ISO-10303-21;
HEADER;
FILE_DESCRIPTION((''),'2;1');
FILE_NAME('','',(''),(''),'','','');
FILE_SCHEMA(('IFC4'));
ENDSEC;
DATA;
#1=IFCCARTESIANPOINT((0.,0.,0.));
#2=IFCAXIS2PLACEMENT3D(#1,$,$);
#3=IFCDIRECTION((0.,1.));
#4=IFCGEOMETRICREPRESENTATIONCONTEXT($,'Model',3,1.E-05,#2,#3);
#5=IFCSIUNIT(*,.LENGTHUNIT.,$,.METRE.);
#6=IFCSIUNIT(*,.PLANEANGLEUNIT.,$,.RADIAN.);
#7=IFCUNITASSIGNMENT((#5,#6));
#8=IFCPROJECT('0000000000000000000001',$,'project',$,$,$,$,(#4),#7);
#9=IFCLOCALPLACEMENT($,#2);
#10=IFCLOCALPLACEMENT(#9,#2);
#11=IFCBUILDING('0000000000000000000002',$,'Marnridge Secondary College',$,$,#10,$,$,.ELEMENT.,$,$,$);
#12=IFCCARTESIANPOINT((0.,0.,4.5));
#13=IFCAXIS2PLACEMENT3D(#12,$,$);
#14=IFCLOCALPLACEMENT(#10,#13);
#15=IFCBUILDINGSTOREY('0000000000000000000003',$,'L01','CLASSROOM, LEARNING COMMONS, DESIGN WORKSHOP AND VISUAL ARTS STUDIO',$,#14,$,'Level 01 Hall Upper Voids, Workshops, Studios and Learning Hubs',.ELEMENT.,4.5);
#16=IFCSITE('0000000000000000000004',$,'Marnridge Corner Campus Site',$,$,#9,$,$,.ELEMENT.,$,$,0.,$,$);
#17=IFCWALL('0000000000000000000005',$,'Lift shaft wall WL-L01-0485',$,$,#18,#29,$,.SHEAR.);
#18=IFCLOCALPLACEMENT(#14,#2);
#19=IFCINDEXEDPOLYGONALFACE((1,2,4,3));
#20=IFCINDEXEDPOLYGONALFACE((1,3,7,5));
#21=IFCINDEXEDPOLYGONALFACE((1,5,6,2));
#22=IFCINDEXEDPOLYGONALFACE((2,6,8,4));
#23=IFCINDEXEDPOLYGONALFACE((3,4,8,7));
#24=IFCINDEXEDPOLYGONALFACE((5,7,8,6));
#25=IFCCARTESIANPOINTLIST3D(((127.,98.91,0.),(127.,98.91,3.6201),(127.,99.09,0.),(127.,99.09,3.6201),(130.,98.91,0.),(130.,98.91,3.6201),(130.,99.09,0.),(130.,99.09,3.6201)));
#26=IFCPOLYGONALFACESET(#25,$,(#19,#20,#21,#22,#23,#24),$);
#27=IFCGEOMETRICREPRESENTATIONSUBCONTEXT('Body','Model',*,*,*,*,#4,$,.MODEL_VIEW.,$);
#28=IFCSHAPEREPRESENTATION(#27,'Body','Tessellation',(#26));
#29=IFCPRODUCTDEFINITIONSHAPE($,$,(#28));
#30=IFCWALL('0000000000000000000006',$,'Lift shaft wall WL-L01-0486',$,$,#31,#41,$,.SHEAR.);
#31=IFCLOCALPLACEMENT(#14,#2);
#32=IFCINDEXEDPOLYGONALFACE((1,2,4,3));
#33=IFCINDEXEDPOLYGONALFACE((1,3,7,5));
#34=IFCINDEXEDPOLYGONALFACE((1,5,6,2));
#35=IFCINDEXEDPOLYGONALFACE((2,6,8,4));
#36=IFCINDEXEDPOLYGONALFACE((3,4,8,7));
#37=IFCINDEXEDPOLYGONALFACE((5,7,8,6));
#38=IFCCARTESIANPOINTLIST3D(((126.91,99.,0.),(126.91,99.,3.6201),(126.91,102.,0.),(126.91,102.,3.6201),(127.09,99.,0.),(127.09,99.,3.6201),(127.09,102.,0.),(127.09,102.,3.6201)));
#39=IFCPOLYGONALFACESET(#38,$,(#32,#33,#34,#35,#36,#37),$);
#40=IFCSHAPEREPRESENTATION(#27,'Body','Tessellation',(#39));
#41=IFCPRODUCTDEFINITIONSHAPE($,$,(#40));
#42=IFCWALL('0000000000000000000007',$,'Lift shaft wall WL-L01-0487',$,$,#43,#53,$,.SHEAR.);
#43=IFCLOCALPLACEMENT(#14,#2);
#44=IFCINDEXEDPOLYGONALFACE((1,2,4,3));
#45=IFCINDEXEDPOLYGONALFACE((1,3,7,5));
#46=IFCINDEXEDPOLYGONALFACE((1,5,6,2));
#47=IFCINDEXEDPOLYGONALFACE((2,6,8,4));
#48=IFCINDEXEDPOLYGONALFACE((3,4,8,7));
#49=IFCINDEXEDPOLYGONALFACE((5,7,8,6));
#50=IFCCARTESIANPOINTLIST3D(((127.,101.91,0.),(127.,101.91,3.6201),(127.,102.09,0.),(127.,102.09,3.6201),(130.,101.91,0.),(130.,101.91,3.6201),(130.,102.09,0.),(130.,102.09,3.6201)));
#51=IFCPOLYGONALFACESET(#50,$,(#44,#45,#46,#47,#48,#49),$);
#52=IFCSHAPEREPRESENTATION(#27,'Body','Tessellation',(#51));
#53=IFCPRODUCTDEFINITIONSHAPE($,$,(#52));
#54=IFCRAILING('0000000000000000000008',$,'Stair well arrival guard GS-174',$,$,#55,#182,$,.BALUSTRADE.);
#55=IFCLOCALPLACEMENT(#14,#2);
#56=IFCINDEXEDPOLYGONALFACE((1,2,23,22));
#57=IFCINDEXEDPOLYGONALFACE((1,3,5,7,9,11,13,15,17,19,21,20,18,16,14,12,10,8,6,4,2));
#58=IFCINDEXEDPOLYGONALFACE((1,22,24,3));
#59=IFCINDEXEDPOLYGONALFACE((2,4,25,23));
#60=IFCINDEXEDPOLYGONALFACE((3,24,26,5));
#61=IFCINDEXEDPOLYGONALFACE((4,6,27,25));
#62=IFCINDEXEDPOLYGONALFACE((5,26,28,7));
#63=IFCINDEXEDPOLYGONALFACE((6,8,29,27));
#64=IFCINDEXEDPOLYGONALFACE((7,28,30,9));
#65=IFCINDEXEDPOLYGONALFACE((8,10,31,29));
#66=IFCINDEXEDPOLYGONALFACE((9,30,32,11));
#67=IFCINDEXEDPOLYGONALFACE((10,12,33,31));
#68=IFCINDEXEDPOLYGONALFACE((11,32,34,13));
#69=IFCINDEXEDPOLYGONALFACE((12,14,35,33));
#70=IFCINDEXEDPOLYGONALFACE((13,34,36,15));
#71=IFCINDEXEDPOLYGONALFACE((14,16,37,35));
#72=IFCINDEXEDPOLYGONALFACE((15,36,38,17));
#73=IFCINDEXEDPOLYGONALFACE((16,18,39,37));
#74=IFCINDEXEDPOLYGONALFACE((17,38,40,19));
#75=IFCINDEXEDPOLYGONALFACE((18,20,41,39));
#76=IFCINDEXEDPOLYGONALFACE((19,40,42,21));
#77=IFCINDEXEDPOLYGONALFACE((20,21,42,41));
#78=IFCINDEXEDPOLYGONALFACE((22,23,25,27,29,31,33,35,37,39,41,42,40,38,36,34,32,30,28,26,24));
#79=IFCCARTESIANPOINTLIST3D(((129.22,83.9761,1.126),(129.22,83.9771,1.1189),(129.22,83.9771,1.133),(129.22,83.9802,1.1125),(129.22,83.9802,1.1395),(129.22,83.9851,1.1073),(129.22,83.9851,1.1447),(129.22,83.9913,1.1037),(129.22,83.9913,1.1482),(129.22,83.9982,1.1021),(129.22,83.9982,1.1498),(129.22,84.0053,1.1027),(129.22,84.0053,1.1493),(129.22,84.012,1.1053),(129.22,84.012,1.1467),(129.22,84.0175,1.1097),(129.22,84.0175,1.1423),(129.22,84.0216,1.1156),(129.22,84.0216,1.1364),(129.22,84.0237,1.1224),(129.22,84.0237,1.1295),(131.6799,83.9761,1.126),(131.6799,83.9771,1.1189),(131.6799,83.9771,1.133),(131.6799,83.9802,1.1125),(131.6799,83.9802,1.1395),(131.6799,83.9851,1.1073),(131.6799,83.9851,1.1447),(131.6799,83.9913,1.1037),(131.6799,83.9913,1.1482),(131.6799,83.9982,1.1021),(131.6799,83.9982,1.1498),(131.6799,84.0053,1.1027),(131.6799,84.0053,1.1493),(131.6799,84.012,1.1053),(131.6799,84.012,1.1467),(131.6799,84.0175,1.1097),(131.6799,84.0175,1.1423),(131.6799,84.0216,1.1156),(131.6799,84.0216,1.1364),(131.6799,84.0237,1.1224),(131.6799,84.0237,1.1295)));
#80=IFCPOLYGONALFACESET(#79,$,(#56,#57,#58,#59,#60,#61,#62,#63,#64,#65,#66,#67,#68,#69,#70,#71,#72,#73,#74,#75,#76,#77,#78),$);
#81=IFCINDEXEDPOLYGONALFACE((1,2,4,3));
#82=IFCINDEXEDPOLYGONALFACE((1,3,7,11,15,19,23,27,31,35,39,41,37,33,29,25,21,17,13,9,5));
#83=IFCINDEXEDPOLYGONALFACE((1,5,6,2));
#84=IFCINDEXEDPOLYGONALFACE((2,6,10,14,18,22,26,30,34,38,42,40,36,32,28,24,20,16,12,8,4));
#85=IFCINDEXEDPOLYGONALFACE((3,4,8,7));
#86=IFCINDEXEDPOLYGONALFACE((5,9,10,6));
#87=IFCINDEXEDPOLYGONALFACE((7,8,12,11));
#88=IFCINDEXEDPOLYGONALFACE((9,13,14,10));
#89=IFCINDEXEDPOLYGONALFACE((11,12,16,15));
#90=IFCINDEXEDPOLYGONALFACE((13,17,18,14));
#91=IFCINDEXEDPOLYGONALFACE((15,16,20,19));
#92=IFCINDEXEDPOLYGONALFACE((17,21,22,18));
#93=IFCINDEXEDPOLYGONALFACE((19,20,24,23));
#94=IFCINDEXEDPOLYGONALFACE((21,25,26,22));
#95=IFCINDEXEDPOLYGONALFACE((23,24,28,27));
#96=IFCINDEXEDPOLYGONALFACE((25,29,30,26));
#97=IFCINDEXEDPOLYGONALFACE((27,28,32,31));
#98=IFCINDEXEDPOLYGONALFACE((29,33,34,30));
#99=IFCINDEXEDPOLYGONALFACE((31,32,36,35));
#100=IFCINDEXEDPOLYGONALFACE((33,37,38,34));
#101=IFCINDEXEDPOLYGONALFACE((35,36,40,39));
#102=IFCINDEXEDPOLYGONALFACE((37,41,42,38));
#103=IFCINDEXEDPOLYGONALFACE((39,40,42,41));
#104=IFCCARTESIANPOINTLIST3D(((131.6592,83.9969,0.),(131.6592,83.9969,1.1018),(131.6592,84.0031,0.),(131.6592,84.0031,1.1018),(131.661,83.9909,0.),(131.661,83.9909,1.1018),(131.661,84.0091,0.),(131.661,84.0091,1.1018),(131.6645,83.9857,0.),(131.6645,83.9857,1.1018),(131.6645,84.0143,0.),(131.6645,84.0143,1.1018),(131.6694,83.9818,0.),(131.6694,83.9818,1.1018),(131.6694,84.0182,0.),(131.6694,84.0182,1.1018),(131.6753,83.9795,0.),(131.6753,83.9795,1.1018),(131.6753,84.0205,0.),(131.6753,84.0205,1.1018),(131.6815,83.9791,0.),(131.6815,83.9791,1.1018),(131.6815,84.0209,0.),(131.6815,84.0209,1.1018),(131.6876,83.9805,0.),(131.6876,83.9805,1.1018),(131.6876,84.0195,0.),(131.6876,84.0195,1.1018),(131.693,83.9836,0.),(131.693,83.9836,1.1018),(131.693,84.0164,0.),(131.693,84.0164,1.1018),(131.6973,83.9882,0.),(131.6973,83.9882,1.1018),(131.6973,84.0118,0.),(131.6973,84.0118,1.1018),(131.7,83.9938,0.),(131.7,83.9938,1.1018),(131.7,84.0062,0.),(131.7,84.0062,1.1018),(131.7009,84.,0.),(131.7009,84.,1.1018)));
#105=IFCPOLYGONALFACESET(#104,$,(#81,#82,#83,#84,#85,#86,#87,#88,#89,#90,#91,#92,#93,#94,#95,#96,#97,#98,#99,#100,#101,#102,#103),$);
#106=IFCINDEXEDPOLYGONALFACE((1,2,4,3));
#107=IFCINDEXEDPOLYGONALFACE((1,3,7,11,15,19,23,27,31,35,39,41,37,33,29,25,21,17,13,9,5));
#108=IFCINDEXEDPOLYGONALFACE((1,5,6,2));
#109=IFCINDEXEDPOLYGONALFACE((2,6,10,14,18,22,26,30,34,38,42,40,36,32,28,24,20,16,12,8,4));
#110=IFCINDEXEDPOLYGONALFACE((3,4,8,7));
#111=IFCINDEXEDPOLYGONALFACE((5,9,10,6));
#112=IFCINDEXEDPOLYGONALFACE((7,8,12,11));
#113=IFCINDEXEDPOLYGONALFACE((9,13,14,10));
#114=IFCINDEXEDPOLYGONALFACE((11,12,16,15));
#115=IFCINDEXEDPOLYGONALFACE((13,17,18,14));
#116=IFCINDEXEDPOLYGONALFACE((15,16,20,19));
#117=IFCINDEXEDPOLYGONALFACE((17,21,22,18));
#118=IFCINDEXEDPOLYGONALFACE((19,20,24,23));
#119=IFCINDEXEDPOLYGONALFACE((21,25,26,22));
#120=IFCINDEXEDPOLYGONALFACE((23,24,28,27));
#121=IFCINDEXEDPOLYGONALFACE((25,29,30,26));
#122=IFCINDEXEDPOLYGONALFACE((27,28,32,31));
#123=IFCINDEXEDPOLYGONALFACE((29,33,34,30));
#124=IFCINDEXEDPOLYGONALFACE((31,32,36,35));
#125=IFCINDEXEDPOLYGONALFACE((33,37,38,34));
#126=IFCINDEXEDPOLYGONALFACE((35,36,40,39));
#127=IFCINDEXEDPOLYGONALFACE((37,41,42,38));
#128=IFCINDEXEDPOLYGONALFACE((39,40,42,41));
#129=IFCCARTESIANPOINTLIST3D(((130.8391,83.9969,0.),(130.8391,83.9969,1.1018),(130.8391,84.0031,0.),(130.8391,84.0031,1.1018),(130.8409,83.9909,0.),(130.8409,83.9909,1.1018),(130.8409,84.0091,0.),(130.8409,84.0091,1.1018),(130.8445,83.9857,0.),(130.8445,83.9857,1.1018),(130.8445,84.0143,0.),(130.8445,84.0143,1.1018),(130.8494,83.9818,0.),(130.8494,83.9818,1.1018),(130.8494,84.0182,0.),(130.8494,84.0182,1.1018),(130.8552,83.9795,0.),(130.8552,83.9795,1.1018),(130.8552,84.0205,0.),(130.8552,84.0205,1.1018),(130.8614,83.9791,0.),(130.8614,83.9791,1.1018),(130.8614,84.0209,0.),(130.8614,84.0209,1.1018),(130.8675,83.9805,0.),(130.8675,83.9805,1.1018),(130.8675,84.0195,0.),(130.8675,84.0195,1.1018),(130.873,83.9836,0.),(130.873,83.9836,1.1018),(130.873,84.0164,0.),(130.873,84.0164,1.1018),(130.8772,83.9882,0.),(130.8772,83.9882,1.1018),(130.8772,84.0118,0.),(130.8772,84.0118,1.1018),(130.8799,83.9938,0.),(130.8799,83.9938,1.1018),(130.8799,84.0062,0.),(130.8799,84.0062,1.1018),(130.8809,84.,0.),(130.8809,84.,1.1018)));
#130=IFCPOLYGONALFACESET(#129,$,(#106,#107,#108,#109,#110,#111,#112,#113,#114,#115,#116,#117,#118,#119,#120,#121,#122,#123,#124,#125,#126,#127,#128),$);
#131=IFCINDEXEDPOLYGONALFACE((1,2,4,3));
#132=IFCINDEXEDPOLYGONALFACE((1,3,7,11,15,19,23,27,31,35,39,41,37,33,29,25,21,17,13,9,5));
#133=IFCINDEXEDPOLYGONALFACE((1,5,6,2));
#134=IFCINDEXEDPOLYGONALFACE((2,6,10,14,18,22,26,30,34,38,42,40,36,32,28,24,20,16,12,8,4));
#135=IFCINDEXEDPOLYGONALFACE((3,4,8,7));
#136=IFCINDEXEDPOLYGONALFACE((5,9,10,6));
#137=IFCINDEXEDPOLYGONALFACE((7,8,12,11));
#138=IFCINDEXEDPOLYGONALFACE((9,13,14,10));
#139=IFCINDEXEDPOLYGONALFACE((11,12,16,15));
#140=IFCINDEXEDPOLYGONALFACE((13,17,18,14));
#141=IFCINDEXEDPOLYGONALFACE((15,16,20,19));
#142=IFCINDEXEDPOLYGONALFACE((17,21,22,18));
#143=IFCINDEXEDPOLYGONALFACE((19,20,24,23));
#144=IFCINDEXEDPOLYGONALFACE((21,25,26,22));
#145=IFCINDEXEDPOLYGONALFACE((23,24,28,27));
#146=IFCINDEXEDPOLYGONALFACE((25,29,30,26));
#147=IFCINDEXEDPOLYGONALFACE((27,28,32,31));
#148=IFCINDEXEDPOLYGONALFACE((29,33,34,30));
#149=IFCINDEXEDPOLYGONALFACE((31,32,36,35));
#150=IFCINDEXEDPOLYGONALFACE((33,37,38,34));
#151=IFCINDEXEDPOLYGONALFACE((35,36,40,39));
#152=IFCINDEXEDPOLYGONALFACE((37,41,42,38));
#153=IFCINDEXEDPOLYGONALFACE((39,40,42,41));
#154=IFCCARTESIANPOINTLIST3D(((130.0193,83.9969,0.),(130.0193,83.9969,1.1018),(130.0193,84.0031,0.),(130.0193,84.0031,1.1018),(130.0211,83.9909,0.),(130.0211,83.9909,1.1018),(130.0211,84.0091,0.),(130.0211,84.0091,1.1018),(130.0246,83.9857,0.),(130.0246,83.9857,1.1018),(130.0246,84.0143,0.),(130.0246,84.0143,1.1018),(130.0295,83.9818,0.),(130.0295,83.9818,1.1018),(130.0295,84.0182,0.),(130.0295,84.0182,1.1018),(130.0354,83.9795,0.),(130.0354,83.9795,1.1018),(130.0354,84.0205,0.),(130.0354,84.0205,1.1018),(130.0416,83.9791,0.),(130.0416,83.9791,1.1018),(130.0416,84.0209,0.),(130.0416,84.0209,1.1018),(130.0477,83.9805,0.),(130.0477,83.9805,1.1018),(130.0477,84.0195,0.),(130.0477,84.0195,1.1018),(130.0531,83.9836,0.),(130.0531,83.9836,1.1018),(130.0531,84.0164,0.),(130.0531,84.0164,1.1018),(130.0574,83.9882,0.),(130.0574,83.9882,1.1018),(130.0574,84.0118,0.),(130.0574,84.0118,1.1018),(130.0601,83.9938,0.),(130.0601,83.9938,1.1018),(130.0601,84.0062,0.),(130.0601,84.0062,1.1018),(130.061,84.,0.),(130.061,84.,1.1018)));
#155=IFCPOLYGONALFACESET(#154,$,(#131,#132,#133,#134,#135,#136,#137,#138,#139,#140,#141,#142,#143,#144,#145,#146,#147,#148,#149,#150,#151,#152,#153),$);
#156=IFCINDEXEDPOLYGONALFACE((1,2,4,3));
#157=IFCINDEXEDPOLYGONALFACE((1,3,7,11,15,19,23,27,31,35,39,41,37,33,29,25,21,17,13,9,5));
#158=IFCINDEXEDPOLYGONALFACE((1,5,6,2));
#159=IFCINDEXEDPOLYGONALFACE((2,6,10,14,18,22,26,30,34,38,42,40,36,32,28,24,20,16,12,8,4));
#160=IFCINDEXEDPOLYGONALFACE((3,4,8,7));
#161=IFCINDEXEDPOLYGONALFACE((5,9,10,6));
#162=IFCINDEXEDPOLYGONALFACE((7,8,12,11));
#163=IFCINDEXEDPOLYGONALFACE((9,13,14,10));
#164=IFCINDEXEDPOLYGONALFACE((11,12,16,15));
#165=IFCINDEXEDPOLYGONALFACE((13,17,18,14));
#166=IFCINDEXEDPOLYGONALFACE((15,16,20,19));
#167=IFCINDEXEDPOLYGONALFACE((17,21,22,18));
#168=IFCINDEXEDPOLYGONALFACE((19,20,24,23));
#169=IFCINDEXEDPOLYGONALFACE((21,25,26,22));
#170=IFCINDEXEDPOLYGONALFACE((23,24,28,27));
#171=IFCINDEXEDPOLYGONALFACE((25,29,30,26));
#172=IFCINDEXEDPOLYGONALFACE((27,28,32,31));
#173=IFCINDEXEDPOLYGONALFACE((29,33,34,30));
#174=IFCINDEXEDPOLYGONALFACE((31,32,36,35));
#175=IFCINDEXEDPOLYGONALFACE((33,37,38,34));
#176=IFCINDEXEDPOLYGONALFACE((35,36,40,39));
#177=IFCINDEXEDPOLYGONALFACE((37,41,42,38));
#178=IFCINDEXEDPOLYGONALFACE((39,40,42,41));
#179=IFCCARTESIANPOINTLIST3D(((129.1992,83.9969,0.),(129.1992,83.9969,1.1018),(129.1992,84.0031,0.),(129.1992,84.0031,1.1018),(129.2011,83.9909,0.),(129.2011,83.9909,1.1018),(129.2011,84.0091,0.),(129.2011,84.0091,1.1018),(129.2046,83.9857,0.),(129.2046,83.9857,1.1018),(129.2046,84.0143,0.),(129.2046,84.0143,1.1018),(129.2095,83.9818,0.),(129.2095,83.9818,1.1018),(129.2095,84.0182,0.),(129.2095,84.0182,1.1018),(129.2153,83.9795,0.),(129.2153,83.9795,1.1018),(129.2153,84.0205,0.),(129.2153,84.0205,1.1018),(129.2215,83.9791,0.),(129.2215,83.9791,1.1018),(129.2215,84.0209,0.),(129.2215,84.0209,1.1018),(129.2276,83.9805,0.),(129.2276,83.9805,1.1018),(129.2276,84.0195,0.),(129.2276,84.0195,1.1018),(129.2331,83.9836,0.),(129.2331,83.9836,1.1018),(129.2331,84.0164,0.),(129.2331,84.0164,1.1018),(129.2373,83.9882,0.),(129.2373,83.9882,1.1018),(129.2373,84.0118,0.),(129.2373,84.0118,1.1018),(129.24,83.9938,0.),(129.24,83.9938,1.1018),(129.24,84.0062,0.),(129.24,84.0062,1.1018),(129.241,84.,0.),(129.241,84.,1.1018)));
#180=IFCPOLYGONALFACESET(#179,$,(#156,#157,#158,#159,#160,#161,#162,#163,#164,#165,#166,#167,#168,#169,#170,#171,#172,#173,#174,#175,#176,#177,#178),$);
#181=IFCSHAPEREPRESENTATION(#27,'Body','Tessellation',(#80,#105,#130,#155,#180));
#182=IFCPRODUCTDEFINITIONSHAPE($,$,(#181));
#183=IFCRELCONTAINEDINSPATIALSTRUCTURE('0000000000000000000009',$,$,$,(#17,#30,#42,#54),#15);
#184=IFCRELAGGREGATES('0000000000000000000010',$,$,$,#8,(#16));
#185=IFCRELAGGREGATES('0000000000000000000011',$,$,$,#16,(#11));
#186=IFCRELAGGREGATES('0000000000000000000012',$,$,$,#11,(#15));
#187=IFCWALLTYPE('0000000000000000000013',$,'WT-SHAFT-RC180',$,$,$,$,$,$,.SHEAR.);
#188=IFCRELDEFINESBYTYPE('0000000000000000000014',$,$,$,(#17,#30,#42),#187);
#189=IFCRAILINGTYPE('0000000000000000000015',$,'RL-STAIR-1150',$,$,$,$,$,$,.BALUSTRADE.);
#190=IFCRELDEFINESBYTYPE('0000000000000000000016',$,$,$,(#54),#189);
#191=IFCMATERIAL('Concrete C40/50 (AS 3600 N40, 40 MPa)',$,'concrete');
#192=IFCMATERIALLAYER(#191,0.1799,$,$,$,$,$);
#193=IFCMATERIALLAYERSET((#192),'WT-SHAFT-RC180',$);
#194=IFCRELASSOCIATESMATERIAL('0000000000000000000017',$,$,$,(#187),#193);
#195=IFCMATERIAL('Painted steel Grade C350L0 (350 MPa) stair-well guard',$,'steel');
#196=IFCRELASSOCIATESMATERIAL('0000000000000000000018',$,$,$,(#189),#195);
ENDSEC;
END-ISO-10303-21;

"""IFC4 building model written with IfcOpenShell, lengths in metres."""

from ifc_helpers import new_model, si_unit, direction, frame, frame_2d, origin, origin_2d, place, context, subcontext, project, spatial, rectangle, circle, extrude, material, layer, layer_set, type_object, element, save


model = new_model("IFC4")

# Units and contexts
model_context = context("Model", 3, precision=1e-05, world=origin(), true_north=direction((0.0, 1.0)))
body_context = subcontext(model_context, "Body", "Model", "MODEL_VIEW")
ifc_project = project(units=[si_unit("LENGTHUNIT", "METRE"), si_unit("PLANEANGLEUNIT", "RADIAN")], contexts=[model_context])

# Site, building, storey
site_placement = place(None, origin())
site = spatial("IfcSite", under=ifc_project, at=site_placement, Name="Marnridge Corner Campus Site", CompositionType="ELEMENT", RefElevation=0.0)
building_placement = place(site_placement, origin())
building = spatial("IfcBuilding", under=site, at=building_placement, Name="Marnridge Secondary College", CompositionType="ELEMENT")
storey_placement = place(building_placement, frame((0.0, 0.0, 4.5)))
storey = spatial("IfcBuildingStorey", under=building, at=storey_placement, Name="L01", Description="CLASSROOM, LEARNING COMMONS, DESIGN WORKSHOP AND VISUAL ARTS STUDIO", LongName="Level 01 Hall Upper Voids, Workshops, Studios and Learning Hubs", CompositionType="ELEMENT", Elevation=4.5)

# Walls
ifc_material_1 = material(Name="Concrete C40/50 (AS 3600 N40, 40 MPa)", Category="concrete")
ifc_layer_1 = layer(ifc_material_1, 0.1799)
ifc_layer_set_1 = layer_set([ifc_layer_1], Name="WT-SHAFT-RC180")
wall_type_1 = type_object("IfcWallType", Name="WT-SHAFT-RC180", PredefinedType="SHEAR", material=ifc_layer_set_1)
for number, where, z_axis, x_axis, name in (
    (1, (130.0, 99.0, 0.0), (0.0, 0.0, 1.0), (-1.0, 0.0, 0.0), "Lift shaft wall WL-L01-0485"),
    (2, (127.0, 99.0, 0.0), (0.0, 0.0, 1.0), (0.0, 1.0, 0.0), "Lift shaft wall WL-L01-0486"),
    (3, (127.0, 102.0, 0.0), (0.0, 0.0, 1.0), (1.0, 0.0, 0.0), "Lift shaft wall WL-L01-0487"),
):
    element("IfcWall", number, at=place(storey_placement, frame(where, z_axis=z_axis, x_axis=x_axis)), inside=storey, type_object=wall_type_1, Name=name, PredefinedType="SHEAR", context=body_context, shape_type="SweptSolid", body=[
        extrude(rectangle(XDim=3.0, YDim=0.1799, at=frame_2d((1.5, 0.0))), origin(), (0.0, 0.0, 1.0), 3.6201),
    ])

# Railing
ifc_material_2 = material(Name="Painted steel Grade C350L0 (350 MPa) stair-well guard", Category="steel")
railing_type = type_object("IfcRailingType", Name="RL-STAIR-1150", PredefinedType="BALUSTRADE", material=ifc_material_2)
railing_placement = place(storey_placement, frame((131.6799, 84.0, 0.0)))
element("IfcRailing", 4, at=railing_placement, inside=storey, type_object=railing_type, Name="Stair well arrival guard GS-174", PredefinedType="BALUSTRADE", context=body_context, shape_type="SweptSolid", body=[
    extrude(circle(Radius=0.0239, at=origin_2d()), frame((0.0, 0.0, 1.126), z_axis=(-1.0, 0.0, 0.0), x_axis=(0.0, -1.0, 0.0)), (0.0, 0.0, 1.0), 2.46),
    extrude(circle(Radius=0.021, at=origin_2d()), origin(), (0.0, 0.0, 1.0), 1.1018),
    extrude(circle(Radius=0.021, at=origin_2d()), frame((-0.8201, 0.0, 0.0)), (0.0, 0.0, 1.0), 1.1018),
    extrude(circle(Radius=0.021, at=origin_2d()), frame((-1.6399, 0.0, 0.0)), (0.0, 0.0, 1.0), 1.1018),
    extrude(circle(Radius=0.021, at=origin_2d()), frame((-2.46, 0.0, 0.0)), (0.0, 0.0, 1.0), 1.1018),
])

save(model, "model.ifc")
